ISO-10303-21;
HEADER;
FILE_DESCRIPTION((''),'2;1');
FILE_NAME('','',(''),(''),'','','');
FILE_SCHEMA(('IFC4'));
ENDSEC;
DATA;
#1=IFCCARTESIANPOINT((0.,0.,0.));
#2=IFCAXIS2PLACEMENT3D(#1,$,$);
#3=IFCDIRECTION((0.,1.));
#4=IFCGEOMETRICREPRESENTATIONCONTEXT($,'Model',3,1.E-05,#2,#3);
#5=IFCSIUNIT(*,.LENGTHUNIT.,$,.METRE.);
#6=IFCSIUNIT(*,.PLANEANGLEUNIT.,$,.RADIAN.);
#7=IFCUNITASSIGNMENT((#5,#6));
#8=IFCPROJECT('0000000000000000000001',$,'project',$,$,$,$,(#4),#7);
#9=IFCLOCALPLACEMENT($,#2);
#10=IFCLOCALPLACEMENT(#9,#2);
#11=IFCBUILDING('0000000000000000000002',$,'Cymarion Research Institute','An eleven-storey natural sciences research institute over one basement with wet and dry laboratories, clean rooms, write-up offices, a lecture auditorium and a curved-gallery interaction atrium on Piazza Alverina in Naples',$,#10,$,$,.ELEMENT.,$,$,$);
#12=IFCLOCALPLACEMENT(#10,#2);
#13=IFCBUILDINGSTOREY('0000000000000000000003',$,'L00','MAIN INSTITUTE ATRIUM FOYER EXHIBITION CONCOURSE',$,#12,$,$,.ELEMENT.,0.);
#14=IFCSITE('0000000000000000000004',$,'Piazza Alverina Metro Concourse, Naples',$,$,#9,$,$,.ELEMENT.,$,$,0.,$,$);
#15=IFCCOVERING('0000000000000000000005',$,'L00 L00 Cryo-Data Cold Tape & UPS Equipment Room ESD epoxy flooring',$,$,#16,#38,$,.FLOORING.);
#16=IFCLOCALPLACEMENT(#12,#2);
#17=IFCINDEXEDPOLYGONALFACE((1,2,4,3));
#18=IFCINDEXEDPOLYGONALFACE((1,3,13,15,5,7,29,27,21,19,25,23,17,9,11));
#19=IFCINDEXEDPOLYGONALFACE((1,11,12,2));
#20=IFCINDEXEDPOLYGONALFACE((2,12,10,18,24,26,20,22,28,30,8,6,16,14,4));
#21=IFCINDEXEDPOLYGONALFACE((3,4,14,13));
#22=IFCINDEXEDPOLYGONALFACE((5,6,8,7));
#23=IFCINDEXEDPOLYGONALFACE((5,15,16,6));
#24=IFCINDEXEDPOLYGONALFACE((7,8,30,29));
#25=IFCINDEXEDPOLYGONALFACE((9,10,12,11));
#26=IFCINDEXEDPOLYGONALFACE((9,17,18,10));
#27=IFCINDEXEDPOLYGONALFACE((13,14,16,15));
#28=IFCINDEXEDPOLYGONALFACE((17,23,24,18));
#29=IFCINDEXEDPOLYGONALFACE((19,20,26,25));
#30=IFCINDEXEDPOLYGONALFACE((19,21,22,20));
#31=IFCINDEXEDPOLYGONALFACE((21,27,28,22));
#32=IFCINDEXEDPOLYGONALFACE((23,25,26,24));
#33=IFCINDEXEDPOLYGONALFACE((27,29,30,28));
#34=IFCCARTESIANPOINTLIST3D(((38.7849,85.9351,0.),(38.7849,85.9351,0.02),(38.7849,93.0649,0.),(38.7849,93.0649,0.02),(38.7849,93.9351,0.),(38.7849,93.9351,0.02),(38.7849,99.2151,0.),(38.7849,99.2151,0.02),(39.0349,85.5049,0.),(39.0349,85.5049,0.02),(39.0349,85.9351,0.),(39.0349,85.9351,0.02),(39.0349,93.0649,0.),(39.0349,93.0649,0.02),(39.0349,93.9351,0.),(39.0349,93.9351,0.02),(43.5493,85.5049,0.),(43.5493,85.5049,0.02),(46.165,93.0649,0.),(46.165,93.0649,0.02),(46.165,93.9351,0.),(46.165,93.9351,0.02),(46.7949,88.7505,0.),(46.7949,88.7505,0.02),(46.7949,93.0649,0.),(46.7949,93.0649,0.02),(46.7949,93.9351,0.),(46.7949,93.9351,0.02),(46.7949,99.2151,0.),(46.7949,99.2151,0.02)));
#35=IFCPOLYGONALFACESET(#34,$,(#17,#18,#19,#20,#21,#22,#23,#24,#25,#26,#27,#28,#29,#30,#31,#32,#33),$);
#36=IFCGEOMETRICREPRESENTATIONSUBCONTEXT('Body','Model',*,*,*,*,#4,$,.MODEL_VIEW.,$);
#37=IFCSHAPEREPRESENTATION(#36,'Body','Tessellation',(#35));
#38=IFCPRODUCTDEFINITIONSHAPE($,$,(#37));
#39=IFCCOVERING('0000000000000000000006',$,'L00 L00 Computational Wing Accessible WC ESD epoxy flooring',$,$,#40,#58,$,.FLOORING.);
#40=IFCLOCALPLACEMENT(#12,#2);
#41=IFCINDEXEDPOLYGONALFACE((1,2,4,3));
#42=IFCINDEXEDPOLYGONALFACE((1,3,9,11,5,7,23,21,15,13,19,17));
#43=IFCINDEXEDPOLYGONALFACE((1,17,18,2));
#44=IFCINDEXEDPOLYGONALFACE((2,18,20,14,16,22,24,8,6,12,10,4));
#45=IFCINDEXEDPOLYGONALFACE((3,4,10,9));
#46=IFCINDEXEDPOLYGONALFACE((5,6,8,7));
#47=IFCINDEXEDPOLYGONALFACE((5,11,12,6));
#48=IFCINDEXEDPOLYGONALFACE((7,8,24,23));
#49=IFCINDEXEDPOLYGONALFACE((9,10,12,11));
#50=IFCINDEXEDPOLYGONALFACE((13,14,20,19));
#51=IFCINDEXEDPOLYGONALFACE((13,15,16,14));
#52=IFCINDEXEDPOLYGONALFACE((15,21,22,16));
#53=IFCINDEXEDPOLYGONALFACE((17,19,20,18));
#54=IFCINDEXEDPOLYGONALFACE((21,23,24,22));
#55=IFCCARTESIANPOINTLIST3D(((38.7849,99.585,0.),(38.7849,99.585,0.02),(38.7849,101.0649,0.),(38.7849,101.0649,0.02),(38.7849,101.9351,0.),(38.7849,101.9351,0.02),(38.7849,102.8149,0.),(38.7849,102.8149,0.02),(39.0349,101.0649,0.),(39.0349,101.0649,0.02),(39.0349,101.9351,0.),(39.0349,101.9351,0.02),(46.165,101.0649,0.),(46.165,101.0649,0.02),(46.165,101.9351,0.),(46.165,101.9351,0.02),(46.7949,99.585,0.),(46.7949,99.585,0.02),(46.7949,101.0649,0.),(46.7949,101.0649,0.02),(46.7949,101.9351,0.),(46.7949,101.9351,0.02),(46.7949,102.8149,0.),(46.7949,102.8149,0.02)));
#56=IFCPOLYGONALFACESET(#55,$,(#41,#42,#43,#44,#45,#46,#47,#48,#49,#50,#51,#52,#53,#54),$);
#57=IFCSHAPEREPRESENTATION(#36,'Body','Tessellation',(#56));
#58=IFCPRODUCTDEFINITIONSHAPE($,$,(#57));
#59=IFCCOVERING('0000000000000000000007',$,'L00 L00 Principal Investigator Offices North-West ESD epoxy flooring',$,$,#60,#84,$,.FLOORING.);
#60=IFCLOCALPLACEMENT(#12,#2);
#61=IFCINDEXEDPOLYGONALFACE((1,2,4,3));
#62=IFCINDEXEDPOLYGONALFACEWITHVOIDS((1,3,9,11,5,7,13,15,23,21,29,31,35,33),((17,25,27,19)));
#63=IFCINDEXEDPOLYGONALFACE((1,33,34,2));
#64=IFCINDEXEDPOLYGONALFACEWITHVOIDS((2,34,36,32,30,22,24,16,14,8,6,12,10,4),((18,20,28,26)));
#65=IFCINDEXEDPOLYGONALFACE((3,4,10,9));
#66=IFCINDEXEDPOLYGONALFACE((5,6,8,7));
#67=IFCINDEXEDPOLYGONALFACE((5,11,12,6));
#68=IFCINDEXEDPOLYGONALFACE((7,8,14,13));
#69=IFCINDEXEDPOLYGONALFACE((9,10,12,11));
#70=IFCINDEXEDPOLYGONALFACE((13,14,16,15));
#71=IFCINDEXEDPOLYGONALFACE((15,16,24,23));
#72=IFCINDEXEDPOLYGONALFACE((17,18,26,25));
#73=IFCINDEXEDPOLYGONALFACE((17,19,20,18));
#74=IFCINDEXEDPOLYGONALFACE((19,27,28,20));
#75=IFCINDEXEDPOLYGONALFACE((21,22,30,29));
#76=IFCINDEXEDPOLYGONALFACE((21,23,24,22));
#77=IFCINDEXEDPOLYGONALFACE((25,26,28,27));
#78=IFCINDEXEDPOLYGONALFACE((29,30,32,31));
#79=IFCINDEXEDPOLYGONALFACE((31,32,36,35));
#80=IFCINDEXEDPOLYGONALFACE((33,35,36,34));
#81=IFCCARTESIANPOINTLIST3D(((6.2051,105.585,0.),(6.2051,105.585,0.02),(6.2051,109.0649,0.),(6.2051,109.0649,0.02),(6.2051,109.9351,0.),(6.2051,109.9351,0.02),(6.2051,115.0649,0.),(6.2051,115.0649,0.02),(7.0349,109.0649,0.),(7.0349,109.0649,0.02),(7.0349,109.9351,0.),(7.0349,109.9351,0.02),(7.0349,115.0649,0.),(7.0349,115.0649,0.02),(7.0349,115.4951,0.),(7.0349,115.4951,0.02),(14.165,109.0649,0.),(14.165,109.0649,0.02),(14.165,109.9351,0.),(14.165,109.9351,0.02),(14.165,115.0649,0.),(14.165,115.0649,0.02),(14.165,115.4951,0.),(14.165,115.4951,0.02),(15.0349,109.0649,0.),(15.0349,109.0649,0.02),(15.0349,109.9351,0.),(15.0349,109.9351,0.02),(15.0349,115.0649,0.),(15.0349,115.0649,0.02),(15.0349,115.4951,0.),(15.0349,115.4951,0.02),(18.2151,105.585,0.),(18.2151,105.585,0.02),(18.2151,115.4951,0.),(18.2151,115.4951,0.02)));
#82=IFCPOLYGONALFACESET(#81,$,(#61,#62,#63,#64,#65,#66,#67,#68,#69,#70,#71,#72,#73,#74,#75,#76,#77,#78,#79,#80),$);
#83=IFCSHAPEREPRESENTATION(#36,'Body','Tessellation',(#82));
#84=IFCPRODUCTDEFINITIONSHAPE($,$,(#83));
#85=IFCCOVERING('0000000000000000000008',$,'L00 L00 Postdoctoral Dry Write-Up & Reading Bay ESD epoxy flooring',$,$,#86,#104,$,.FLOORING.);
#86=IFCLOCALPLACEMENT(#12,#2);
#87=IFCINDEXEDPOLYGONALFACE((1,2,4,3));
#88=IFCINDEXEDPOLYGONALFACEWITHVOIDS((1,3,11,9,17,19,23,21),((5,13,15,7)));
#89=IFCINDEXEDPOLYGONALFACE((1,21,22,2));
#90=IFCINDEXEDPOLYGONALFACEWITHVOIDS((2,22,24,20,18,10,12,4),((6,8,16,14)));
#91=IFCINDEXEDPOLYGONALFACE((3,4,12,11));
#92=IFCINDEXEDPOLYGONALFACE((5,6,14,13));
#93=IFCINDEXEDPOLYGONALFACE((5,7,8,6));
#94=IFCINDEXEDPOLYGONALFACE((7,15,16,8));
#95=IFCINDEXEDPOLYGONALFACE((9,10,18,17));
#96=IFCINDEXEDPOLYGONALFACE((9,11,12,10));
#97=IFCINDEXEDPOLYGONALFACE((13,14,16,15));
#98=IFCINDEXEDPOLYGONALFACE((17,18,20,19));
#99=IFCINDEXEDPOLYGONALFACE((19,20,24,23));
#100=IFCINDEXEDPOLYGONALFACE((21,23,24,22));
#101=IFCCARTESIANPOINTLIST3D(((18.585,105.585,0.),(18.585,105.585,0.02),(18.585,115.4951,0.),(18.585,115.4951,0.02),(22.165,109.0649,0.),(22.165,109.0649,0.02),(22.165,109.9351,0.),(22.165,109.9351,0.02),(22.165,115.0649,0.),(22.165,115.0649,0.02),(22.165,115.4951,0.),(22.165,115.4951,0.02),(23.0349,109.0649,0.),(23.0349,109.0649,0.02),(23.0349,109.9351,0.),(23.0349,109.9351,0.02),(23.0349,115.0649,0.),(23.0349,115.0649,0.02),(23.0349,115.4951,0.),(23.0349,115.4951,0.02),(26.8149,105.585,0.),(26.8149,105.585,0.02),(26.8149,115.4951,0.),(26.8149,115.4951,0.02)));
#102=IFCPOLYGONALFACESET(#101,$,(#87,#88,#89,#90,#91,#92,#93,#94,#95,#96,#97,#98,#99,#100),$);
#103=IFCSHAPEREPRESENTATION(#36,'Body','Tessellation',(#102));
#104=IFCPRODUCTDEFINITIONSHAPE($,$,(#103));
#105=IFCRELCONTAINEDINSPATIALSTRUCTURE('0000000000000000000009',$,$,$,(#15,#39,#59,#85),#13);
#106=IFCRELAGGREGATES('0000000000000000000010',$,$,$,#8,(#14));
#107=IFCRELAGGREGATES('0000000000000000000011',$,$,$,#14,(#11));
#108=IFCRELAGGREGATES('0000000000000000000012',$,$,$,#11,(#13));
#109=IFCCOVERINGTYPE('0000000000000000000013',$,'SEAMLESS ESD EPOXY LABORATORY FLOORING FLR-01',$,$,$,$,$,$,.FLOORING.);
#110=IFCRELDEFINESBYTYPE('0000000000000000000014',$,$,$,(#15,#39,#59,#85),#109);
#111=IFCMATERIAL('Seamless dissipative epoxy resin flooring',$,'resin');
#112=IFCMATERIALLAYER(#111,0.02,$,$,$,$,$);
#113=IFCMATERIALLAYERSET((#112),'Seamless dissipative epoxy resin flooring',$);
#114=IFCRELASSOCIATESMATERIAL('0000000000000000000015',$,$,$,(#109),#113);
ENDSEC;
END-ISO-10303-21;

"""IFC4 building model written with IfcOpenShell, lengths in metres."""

from ifc_helpers import new_model, si_unit, direction, origin, place, context, subcontext, project, spatial, polyline, outline, extrude, material, layer, layer_set, type_object, element, save


model = new_model("IFC4")

# Units and contexts
model_context = context("Model", 3, precision=1e-05, world=origin(), true_north=direction((0.0, 1.0)))
body_context = subcontext(model_context, "Body", "Model", "MODEL_VIEW")
ifc_project = project(units=[si_unit("LENGTHUNIT", "METRE"), si_unit("PLANEANGLEUNIT", "RADIAN")], contexts=[model_context])

# Site, building, storey
site_placement = place(None, origin())
site = spatial("IfcSite", under=ifc_project, at=site_placement, Name="Piazza Alverina Metro Concourse, Naples", CompositionType="ELEMENT", RefElevation=0.0)
building_placement = place(site_placement, origin())
building = spatial("IfcBuilding", under=site, at=building_placement, Name="Cymarion Research Institute", Description="An eleven-storey natural sciences research institute over one basement with wet and dry laboratories, clean rooms, write-up offices, a lecture auditorium and a curved-gallery interaction atrium on Piazza Alverina in Naples", CompositionType="ELEMENT")
storey_placement = place(building_placement, origin())
storey = spatial("IfcBuildingStorey", under=building, at=storey_placement, Name="L00", Description="MAIN INSTITUTE ATRIUM FOYER EXHIBITION CONCOURSE", CompositionType="ELEMENT", Elevation=0.0)

# Coverings
ifc_material_1 = material(Name="Seamless dissipative epoxy resin flooring", Category="resin")
ifc_layer_1 = layer(ifc_material_1, 0.02)
ifc_layer_set_1 = layer_set([ifc_layer_1], Name="Seamless dissipative epoxy resin flooring")
covering_type_1 = type_object("IfcCoveringType", Name="SEAMLESS ESD EPOXY LABORATORY FLOORING FLR-01", PredefinedType="FLOORING", material=ifc_layer_set_1)
covering_1_placement = place(storey_placement, origin())
element("IfcCovering", 1, at=covering_1_placement, inside=storey, type_object=covering_type_1, Name="L00 L00 Cryo-Data Cold Tape & UPS Equipment Room ESD epoxy flooring", PredefinedType="FLOORING", context=body_context, shape_type="SweptSolid", body=[
    extrude(outline(polyline([(46.7949, 93.0649), (46.7949, 88.7505), (43.5493, 85.5049), (39.0349, 85.5049), (39.0349, 85.9351), (38.7849, 85.9351), (38.7849, 93.0649), (39.0349, 93.0649), (39.0349, 93.9351), (38.7849, 93.9351), (38.7849, 99.2151), (46.7949, 99.2151), (46.7949, 93.9351), (46.165, 93.9351), (46.165, 93.0649), (46.7949, 93.0649)])), origin(), (0.0, 0.0, 1.0), 0.02),
])
covering_2_placement = place(storey_placement, origin())
element("IfcCovering", 2, at=covering_2_placement, inside=storey, type_object=covering_type_1, Name="L00 L00 Computational Wing Accessible WC ESD epoxy flooring", PredefinedType="FLOORING", context=body_context, shape_type="SweptSolid", body=[
    extrude(outline(polyline([(38.7849, 101.0649), (39.0349, 101.0649), (39.0349, 101.9351), (38.7849, 101.9351), (38.7849, 102.8149), (46.7949, 102.8149), (46.7949, 101.9351), (46.165, 101.9351), (46.165, 101.0649), (46.7949, 101.0649), (46.7949, 99.585), (38.7849, 99.585), (38.7849, 101.0649)])), origin(), (0.0, 0.0, 1.0), 0.02),
])
covering_3_placement = place(storey_placement, origin())
element("IfcCovering", 3, at=covering_3_placement, inside=storey, type_object=covering_type_1, Name="L00 L00 Principal Investigator Offices North-West ESD epoxy flooring", PredefinedType="FLOORING", context=body_context, shape_type="SweptSolid", body=[
    extrude(outline(polyline([(6.2051, 105.585), (6.2051, 109.0649), (7.0349, 109.0649), (7.0349, 109.9351), (6.2051, 109.9351), (6.2051, 115.0649), (7.0349, 115.0649), (7.0349, 115.4951), (14.165, 115.4951), (14.165, 115.0649), (15.0349, 115.0649), (15.0349, 115.4951), (18.2151, 115.4951), (18.2151, 105.585), (6.2051, 105.585)]), holes=[polyline([(15.0349, 109.9351), (14.165, 109.9351), (14.165, 109.0649), (15.0349, 109.0649), (15.0349, 109.9351)])]), origin(), (0.0, 0.0, 1.0), 0.02),
])
covering_4_placement = place(storey_placement, origin())
element("IfcCovering", 4, at=covering_4_placement, inside=storey, type_object=covering_type_1, Name="L00 L00 Postdoctoral Dry Write-Up & Reading Bay ESD epoxy flooring", PredefinedType="FLOORING", context=body_context, shape_type="SweptSolid", body=[
    extrude(outline(polyline([(18.585, 105.585), (18.585, 115.4951), (22.165, 115.4951), (22.165, 115.0649), (23.0349, 115.0649), (23.0349, 115.4951), (26.8149, 115.4951), (26.8149, 105.585), (18.585, 105.585)]), holes=[polyline([(23.0349, 109.9351), (22.165, 109.9351), (22.165, 109.0649), (23.0349, 109.0649), (23.0349, 109.9351)])]), origin(), (0.0, 0.0, 1.0), 0.02),
])

save(model, "model.ifc")
